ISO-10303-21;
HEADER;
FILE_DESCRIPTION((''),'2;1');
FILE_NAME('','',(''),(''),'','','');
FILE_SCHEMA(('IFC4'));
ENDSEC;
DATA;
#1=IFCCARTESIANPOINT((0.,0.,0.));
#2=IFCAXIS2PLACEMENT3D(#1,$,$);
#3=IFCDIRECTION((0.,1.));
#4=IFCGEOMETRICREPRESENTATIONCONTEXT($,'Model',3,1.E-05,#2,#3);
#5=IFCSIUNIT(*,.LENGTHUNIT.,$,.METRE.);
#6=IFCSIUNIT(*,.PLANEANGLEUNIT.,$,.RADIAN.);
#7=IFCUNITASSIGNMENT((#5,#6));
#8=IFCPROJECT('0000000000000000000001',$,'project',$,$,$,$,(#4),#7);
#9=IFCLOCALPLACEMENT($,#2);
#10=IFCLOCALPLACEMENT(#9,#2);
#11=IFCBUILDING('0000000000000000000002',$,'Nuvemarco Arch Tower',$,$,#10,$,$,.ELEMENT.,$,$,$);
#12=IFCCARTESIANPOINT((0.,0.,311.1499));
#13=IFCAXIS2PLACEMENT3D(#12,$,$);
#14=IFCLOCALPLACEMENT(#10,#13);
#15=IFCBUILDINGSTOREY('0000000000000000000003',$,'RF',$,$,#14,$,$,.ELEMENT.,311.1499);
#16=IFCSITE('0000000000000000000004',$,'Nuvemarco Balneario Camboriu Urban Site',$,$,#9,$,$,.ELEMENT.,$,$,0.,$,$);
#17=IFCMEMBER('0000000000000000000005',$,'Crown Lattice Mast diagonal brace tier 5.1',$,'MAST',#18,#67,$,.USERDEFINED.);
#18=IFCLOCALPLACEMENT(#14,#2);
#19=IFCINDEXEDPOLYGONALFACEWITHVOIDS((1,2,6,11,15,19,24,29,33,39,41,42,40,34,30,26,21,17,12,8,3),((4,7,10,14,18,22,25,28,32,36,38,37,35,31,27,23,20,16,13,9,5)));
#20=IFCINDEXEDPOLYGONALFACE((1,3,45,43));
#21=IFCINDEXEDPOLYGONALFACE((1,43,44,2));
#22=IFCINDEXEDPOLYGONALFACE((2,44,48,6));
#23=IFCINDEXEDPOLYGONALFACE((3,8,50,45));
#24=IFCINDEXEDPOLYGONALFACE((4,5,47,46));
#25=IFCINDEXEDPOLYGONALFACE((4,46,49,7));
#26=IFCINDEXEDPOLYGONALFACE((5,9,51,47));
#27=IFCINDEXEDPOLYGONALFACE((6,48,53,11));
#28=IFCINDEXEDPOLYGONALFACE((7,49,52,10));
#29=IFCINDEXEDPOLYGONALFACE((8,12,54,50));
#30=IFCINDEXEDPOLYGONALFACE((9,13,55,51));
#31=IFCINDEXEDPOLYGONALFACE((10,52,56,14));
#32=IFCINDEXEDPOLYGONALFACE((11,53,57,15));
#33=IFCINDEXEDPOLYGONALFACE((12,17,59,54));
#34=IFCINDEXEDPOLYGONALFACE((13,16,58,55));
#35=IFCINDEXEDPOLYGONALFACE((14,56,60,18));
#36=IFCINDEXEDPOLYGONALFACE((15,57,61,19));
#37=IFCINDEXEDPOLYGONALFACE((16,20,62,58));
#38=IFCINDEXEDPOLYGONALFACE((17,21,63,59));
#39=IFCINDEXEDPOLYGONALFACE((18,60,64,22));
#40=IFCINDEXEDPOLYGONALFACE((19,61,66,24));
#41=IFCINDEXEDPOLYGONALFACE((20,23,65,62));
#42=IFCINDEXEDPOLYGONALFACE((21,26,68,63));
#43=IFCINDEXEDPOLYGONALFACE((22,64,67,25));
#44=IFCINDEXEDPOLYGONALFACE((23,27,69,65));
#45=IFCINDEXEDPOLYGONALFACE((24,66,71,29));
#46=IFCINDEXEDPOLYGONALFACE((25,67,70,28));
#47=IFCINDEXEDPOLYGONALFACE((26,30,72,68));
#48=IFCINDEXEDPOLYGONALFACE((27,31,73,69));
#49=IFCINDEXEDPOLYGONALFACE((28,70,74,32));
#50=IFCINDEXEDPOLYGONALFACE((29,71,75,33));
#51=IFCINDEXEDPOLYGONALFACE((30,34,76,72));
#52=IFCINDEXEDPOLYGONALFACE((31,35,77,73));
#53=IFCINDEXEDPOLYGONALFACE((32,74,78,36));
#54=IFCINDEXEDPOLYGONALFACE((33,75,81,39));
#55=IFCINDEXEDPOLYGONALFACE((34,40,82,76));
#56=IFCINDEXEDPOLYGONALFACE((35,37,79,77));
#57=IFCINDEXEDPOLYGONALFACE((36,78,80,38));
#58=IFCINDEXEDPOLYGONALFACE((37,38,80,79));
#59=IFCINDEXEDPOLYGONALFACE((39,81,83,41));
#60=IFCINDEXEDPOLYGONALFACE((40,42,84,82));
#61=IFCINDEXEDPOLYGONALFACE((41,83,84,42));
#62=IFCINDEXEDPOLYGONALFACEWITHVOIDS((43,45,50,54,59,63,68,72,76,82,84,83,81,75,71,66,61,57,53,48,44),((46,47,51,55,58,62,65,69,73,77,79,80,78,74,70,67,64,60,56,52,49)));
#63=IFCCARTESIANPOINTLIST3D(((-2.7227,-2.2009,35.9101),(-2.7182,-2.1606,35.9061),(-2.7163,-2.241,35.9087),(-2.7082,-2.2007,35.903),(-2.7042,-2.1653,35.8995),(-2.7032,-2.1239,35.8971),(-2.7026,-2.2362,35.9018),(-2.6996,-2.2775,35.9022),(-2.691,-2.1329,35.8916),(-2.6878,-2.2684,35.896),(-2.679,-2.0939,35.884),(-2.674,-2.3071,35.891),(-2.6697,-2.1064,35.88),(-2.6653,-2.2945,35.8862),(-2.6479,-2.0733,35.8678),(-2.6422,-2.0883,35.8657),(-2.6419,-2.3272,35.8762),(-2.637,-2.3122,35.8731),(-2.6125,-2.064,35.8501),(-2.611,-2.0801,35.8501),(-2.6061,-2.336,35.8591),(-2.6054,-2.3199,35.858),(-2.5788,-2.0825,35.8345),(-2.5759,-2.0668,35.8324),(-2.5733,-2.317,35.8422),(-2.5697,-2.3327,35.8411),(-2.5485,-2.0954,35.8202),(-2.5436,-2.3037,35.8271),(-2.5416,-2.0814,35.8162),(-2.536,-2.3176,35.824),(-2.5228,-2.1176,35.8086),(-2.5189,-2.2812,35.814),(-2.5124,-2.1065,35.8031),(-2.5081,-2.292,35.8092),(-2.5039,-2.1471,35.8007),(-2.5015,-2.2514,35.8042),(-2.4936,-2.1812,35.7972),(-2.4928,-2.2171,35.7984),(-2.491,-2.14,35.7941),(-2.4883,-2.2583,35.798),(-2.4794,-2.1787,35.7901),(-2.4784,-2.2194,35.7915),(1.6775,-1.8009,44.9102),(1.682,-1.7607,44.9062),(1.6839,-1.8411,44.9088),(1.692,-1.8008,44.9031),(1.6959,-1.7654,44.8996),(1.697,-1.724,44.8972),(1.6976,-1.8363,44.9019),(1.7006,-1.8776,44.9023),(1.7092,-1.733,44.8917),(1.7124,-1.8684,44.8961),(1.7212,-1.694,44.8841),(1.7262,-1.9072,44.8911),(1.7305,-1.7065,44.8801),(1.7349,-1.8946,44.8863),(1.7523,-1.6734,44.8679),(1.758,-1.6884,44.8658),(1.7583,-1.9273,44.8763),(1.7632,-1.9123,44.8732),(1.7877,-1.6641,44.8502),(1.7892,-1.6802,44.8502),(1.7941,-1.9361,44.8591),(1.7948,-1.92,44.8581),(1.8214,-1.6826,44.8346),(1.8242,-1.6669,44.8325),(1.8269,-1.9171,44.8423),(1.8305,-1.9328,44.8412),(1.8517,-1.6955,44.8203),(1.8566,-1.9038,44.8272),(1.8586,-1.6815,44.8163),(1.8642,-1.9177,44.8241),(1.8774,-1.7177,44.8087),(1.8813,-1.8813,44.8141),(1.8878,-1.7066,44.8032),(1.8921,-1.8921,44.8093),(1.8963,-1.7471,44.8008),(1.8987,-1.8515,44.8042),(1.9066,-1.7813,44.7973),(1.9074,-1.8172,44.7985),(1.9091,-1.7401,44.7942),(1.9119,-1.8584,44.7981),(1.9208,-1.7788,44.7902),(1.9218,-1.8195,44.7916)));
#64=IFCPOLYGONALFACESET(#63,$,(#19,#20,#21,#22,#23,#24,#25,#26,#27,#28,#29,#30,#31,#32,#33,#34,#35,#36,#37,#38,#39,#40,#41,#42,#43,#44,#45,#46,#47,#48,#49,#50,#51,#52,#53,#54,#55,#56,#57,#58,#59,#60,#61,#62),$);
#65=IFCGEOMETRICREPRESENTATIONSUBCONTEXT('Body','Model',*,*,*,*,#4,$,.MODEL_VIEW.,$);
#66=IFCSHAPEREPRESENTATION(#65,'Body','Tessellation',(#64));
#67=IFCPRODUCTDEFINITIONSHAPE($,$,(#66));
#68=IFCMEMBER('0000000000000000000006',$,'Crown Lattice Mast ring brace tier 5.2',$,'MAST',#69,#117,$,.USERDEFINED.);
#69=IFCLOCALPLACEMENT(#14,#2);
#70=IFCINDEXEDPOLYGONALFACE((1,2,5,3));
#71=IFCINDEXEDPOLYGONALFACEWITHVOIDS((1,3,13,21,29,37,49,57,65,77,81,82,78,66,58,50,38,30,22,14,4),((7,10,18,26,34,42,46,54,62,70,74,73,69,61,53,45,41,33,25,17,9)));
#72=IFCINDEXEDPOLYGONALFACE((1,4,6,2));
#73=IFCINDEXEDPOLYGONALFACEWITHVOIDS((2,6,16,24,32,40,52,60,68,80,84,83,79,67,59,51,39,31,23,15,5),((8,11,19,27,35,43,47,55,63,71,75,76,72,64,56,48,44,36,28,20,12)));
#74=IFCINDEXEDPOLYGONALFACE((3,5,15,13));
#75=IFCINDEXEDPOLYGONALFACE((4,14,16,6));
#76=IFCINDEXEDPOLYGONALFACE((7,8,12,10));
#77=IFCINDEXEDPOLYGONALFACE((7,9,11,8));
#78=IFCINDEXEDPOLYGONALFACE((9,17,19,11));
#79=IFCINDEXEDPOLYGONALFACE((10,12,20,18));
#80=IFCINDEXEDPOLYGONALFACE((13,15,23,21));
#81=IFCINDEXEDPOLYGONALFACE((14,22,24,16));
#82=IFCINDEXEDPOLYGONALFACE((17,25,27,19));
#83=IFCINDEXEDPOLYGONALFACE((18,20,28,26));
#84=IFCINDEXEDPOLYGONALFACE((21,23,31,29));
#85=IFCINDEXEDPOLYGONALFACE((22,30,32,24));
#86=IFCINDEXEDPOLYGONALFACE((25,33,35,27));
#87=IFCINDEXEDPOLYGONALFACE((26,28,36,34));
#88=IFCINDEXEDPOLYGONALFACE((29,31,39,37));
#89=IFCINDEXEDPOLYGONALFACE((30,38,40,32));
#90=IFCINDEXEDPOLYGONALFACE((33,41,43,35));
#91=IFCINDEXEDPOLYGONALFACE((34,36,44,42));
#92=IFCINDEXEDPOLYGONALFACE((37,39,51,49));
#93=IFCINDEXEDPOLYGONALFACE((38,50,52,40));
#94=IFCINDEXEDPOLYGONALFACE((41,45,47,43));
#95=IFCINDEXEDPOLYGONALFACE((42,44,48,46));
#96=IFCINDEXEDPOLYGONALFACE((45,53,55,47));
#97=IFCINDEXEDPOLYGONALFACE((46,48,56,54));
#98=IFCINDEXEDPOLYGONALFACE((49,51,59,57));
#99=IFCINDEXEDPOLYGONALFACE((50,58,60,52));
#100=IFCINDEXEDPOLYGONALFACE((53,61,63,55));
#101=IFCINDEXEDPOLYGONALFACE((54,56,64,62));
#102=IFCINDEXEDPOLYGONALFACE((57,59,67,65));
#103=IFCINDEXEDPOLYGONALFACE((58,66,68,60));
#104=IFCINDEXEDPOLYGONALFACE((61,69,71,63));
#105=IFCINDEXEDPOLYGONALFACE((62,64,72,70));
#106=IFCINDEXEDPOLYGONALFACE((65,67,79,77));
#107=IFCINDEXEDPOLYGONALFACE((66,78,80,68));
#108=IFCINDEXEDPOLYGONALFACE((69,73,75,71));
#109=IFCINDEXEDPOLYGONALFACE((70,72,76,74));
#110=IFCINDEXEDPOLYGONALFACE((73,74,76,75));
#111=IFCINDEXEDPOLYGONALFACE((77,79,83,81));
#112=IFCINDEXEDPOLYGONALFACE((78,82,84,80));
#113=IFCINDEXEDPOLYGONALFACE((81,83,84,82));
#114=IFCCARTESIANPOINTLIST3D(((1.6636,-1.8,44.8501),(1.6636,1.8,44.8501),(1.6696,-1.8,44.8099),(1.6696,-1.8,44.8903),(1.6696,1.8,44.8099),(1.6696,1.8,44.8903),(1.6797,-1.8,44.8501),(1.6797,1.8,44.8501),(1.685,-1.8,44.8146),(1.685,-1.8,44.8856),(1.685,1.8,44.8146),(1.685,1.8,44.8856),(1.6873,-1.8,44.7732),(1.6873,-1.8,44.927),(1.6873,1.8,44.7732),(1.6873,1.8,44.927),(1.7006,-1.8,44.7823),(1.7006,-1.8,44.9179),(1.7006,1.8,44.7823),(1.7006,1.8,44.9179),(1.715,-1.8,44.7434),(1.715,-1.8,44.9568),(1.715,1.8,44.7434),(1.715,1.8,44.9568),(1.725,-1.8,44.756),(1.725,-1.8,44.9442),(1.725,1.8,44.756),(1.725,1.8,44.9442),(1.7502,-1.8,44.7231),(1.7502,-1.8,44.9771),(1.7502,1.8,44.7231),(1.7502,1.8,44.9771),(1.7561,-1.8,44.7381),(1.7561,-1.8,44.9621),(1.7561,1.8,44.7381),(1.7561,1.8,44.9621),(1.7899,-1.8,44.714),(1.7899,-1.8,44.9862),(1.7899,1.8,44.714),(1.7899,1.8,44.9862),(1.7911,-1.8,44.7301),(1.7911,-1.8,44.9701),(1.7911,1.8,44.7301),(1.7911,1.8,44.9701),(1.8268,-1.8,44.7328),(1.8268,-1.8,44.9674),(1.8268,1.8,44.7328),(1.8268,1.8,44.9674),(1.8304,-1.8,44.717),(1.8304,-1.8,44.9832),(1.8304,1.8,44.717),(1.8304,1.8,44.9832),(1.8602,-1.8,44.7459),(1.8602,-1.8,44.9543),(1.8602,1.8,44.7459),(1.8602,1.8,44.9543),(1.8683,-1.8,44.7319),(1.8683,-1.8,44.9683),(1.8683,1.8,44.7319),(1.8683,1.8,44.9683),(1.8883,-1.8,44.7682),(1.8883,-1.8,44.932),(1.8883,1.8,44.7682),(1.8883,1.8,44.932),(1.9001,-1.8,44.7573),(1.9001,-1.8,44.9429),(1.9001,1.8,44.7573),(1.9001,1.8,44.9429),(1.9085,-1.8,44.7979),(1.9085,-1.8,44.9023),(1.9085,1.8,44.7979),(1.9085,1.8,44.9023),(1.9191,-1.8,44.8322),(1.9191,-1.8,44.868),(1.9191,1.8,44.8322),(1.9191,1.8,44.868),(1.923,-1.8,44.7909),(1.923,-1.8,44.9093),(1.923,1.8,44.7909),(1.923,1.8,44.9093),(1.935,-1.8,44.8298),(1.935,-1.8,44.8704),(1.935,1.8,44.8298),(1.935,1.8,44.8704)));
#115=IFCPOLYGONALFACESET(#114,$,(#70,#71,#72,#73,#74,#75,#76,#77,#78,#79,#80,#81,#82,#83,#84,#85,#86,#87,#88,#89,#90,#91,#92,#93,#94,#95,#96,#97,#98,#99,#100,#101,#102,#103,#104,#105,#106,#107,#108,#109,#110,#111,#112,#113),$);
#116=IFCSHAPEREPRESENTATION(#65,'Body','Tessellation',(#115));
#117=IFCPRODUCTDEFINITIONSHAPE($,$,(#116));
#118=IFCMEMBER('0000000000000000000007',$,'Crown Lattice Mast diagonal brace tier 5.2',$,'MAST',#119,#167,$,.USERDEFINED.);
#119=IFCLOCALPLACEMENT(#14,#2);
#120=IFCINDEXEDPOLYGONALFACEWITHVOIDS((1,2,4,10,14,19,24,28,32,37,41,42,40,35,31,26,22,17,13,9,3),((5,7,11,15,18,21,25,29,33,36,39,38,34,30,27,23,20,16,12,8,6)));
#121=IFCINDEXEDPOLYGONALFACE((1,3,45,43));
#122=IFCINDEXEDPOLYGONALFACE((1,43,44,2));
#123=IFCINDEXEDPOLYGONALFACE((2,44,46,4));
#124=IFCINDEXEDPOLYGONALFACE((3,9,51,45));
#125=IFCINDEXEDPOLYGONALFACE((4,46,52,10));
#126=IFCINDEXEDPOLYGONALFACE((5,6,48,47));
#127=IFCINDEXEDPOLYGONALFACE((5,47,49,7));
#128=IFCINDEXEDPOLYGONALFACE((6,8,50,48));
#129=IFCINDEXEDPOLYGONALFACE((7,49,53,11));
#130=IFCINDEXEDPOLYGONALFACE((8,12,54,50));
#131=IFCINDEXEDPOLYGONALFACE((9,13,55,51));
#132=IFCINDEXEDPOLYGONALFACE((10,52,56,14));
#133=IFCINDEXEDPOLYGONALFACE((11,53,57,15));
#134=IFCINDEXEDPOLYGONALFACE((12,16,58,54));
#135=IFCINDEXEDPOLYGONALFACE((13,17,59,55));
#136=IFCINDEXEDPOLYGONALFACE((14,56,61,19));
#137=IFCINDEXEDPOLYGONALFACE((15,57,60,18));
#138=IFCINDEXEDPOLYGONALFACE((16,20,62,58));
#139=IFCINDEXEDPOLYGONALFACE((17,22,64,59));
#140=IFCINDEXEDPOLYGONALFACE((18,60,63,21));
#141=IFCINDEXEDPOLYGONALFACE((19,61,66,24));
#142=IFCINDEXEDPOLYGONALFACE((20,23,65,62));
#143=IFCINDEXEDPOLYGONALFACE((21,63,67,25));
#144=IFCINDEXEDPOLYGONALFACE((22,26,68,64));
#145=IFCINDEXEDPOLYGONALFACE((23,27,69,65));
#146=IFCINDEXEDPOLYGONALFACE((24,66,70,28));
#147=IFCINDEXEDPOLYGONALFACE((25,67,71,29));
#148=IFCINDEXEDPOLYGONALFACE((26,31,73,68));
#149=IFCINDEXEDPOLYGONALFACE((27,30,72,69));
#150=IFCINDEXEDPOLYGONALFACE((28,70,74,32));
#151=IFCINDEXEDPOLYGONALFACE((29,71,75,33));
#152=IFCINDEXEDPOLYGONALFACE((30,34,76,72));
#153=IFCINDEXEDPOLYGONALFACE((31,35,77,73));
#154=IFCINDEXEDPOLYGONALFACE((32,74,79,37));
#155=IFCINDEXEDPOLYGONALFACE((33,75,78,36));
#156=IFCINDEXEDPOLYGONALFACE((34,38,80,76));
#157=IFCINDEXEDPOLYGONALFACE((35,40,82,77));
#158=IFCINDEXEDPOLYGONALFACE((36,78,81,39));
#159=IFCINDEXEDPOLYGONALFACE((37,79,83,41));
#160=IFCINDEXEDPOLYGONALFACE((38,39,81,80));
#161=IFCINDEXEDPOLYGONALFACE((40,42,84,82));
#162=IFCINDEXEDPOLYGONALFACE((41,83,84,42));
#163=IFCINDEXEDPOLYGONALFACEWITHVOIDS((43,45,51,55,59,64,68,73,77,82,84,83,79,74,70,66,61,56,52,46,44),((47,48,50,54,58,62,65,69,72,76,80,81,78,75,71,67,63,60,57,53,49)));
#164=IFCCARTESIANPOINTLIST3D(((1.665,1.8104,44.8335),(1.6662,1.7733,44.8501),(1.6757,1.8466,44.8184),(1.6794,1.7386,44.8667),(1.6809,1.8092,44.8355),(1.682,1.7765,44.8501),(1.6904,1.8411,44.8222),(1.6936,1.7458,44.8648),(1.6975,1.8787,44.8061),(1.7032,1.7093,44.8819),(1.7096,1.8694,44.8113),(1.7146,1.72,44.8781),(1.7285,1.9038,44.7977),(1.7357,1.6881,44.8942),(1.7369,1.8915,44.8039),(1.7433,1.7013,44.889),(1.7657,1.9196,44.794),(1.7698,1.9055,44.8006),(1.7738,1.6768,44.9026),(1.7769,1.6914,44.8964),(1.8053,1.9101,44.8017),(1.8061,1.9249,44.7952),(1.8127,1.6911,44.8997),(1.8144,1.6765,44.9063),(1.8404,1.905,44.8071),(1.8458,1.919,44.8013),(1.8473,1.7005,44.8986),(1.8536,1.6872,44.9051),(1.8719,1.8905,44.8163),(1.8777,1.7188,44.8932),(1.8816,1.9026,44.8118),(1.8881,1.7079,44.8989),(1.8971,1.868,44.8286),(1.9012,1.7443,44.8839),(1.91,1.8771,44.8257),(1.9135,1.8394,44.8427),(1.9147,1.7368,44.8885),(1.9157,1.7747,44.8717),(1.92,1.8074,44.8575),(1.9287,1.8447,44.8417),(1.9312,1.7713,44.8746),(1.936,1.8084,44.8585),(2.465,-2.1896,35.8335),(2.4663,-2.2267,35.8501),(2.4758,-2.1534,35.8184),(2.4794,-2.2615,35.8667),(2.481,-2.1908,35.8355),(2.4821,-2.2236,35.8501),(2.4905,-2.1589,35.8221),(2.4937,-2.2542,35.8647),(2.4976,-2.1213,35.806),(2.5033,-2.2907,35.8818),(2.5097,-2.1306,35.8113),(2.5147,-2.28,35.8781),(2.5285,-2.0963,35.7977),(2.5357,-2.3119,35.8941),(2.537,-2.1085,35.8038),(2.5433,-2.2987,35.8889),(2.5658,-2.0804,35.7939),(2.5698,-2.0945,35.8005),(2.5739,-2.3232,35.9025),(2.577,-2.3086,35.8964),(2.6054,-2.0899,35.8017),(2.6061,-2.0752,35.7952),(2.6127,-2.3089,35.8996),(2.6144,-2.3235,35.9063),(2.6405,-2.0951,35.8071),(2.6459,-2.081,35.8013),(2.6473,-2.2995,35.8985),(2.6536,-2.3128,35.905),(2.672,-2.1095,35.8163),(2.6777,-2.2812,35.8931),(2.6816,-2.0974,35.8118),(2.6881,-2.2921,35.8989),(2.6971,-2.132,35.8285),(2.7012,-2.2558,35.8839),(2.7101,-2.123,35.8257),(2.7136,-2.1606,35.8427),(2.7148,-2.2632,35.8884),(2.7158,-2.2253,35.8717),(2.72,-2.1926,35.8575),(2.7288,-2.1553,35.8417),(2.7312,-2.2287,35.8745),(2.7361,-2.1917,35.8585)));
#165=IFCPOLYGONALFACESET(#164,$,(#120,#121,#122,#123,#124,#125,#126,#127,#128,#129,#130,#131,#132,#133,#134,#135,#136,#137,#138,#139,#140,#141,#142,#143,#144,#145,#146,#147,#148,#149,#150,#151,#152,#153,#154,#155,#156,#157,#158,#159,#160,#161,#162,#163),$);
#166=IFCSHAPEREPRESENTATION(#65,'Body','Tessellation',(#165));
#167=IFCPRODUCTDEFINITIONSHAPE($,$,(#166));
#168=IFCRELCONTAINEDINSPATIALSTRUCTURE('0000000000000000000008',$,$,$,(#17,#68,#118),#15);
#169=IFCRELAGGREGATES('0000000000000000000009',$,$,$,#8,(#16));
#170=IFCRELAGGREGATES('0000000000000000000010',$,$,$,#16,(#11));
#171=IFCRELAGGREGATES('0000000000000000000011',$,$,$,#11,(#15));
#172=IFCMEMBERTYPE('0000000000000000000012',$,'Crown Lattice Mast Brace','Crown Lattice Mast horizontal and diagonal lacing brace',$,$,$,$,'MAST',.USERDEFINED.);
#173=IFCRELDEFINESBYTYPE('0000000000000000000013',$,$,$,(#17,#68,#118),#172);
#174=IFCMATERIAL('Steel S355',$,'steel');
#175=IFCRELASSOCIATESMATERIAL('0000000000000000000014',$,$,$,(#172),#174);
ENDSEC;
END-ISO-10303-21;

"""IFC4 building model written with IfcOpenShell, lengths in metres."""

from ifc_helpers import new_model, si_unit, direction, frame, origin, origin_2d, place, context, subcontext, project, spatial, hollow_circle, extrude, material, material_profile, profile_set, type_object, element, save


model = new_model("IFC4")

# Units and contexts
model_context = context("Model", 3, precision=1e-05, world=origin(), true_north=direction((0.0, 1.0)))
body_context = subcontext(model_context, "Body", "Model", "MODEL_VIEW")
ifc_project = project(units=[si_unit("LENGTHUNIT", "METRE"), si_unit("PLANEANGLEUNIT", "RADIAN")], contexts=[model_context])

# Site, building, storey
site_placement = place(None, origin())
site = spatial("IfcSite", under=ifc_project, at=site_placement, Name="Nuvemarco Balneario Camboriu Urban Site", CompositionType="ELEMENT", RefElevation=0.0)
building_placement = place(site_placement, origin())
building = spatial("IfcBuilding", under=site, at=building_placement, Name="Nuvemarco Arch Tower", CompositionType="ELEMENT")
storey_placement = place(building_placement, frame((0.0, 0.0, 311.1499)))
storey = spatial("IfcBuildingStorey", under=building, at=storey_placement, Name="RF", CompositionType="ELEMENT", Elevation=311.1499)

# Members
ifc_material = material(Name="Steel S355", Category="steel")
ifc_material_profile_1 = material_profile(ifc_material, hollow_circle(Radius=0.1365, WallThickness=0.0161, at=origin_2d()), Name="CHS273x16")
ifc_profile_set_1 = profile_set([ifc_material_profile_1], Name="Steel S355")
member_type_1 = type_object("IfcMemberType", Name="Crown Lattice Mast Brace", Description="Crown Lattice Mast horizontal and diagonal lacing brace", ElementType="MAST", PredefinedType="USERDEFINED", material=ifc_profile_set_1)
member_1_placement = place(storey_placement, frame((-2.6001, -2.2, 35.8501), z_axis=(0.438872, 0.039886, 0.897664), x_axis=(-0.090511, 0.995895, 0.0)))
element("IfcMember", 1, at=member_1_placement, inside=storey, type_object=member_type_1, Name="Crown Lattice Mast diagonal brace tier 5.1", ObjectType="MAST", PredefinedType="USERDEFINED", context=body_context, shape_type="SweptSolid", body=[
    extrude(hollow_circle(Radius=0.1365, WallThickness=0.0161, at=origin_2d()), origin(), (0.0, 0.0, 1.0), 10.0261),
])
member_2_placement = place(storey_placement, frame((1.8, -1.8, 44.8501), z_axis=(0.0, 1.0, 0.0), x_axis=(-1.0, 0.0, 0.0)))
element("IfcMember", 2, at=member_2_placement, inside=storey, type_object=member_type_1, Name="Crown Lattice Mast ring brace tier 5.2", ObjectType="MAST", PredefinedType="USERDEFINED", context=body_context, shape_type="SweptSolid", body=[
    extrude(hollow_circle(Radius=0.1365, WallThickness=0.0161, at=origin_2d()), origin(), (0.0, 0.0, 1.0), 3.6001),
])
member_3_placement = place(storey_placement, frame((2.6001, -2.2, 35.8501), z_axis=(-0.080966, 0.404805, 0.910811), x_axis=(-0.980578, -0.196128, 0.0)))
element("IfcMember", 3, at=member_3_placement, inside=storey, type_object=member_type_1, Name="Crown Lattice Mast diagonal brace tier 5.2", ObjectType="MAST", PredefinedType="USERDEFINED", context=body_context, shape_type="SweptSolid", body=[
    extrude(hollow_circle(Radius=0.1365, WallThickness=0.0161, at=origin_2d()), origin(), (0.0, 0.0, 1.0), 9.8813),
])

save(model, "model.ifc")
